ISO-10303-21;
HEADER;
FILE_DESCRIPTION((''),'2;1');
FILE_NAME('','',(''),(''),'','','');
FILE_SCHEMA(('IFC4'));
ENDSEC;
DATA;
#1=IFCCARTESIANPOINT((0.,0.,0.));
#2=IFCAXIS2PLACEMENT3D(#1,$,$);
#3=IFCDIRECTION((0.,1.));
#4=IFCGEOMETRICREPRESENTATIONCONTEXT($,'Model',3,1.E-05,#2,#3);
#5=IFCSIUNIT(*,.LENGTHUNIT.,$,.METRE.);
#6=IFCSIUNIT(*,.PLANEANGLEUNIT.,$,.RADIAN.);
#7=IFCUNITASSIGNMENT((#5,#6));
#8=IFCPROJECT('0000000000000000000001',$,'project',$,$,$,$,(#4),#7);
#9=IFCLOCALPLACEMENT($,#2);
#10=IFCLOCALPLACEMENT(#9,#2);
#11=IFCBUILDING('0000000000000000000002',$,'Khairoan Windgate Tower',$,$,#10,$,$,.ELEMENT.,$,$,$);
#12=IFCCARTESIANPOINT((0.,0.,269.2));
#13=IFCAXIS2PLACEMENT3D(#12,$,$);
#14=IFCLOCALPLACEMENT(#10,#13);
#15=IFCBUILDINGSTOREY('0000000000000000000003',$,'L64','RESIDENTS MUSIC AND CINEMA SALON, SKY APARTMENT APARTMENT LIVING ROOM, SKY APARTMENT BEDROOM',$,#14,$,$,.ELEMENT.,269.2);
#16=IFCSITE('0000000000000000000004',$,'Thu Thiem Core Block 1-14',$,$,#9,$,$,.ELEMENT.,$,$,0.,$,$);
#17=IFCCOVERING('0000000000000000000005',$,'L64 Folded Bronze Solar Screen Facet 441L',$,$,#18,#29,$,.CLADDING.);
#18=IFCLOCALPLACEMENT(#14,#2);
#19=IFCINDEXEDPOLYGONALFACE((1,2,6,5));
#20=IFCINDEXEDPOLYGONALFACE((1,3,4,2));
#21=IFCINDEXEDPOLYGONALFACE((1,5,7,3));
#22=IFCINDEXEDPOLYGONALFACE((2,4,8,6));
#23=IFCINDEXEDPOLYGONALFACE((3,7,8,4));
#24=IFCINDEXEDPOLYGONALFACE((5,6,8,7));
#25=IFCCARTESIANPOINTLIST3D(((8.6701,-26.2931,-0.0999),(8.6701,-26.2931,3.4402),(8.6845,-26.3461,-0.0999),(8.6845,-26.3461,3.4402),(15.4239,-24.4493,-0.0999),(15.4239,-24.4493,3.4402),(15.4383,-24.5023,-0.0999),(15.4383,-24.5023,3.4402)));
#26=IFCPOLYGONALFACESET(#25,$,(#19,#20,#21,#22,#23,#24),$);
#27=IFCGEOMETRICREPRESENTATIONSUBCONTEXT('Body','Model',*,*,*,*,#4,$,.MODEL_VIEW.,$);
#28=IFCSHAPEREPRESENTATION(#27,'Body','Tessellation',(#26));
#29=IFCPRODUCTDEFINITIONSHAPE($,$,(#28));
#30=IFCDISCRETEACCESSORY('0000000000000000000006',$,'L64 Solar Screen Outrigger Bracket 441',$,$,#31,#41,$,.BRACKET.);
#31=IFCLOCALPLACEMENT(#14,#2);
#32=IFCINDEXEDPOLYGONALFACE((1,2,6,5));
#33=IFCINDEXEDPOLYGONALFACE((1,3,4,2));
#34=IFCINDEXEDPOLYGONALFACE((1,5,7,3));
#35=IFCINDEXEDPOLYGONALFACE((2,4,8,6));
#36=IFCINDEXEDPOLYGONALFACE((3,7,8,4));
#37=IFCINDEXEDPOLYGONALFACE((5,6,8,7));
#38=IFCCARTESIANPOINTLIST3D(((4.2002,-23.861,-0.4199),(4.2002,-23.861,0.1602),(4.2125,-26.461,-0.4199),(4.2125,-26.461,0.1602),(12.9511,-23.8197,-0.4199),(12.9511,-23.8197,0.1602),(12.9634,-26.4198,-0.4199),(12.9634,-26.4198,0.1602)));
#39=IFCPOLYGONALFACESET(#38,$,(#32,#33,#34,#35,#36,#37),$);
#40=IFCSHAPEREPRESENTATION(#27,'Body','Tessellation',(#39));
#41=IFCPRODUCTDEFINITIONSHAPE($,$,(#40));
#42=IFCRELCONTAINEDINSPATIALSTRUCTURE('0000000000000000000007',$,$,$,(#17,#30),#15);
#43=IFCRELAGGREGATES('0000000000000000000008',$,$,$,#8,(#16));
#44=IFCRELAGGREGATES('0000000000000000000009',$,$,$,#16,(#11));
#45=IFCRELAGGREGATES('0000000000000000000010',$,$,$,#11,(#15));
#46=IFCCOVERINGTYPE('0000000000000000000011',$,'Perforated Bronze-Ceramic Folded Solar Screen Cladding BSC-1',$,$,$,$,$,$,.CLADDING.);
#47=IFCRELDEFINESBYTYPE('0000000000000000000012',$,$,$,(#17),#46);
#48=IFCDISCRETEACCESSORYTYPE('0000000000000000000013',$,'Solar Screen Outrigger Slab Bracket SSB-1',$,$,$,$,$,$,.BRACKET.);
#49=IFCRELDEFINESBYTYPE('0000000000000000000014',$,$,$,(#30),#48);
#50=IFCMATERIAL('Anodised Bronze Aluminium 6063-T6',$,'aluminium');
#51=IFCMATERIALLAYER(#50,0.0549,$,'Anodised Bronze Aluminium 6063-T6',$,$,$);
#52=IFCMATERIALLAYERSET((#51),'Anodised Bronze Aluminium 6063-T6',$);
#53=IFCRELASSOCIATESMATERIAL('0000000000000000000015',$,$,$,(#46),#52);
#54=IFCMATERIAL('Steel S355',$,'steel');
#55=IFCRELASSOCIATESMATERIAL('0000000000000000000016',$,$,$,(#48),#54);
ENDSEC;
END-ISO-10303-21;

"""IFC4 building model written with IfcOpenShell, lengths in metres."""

from ifc_helpers import new_model, si_unit, direction, frame, origin, origin_2d, place, context, subcontext, project, spatial, rectangle, extrude, material, layer, layer_set, type_object, element, save


model = new_model("IFC4")

# Units and contexts
model_context = context("Model", 3, precision=1e-05, world=origin(), true_north=direction((0.0, 1.0)))
body_context = subcontext(model_context, "Body", "Model", "MODEL_VIEW")
ifc_project = project(units=[si_unit("LENGTHUNIT", "METRE"), si_unit("PLANEANGLEUNIT", "RADIAN")], contexts=[model_context])

# Site, building, storey
site_placement = place(None, origin())
site = spatial("IfcSite", under=ifc_project, at=site_placement, Name="Thu Thiem Core Block 1-14", CompositionType="ELEMENT", RefElevation=0.0)
building_placement = place(site_placement, origin())
building = spatial("IfcBuilding", under=site, at=building_placement, Name="Khairoan Windgate Tower", CompositionType="ELEMENT")
storey_placement = place(building_placement, frame((0.0, 0.0, 269.2)))
storey = spatial("IfcBuildingStorey", under=building, at=storey_placement, Name="L64", Description="RESIDENTS MUSIC AND CINEMA SALON, SKY APARTMENT APARTMENT LIVING ROOM, SKY APARTMENT BEDROOM", CompositionType="ELEMENT", Elevation=269.2)

# Covering
ifc_material_1 = material(Name="Anodised Bronze Aluminium 6063-T6", Category="aluminium")
ifc_layer_1 = layer(ifc_material_1, 0.0549, Name="Anodised Bronze Aluminium 6063-T6")
ifc_layer_set_1 = layer_set([ifc_layer_1], Name="Anodised Bronze Aluminium 6063-T6")
covering_type = type_object("IfcCoveringType", Name="Perforated Bronze-Ceramic Folded Solar Screen Cladding BSC-1", PredefinedType="CLADDING", material=ifc_layer_set_1)
covering_placement = place(storey_placement, frame((12.0542, -25.3977, -0.0999), z_axis=(0.0, 0.0, 1.0), x_axis=(-0.964695, -0.263368, 0.0)))
element("IfcCovering", 1, at=covering_placement, inside=storey, type_object=covering_type, Name="L64 Folded Bronze Solar Screen Facet 441L", PredefinedType="CLADDING", context=body_context, shape_type="SweptSolid", body=[
    extrude(rectangle(XDim=7.001, YDim=0.0549, at=origin_2d()), origin(), (0.0, 0.0, 1.0), 3.54),
])

# Discrete accessory
ifc_material_2 = material(Name="Steel S355", Category="steel")
discrete_accessory_type = type_object("IfcDiscreteAccessoryType", Name="Solar Screen Outrigger Slab Bracket SSB-1", PredefinedType="BRACKET", material=ifc_material_2)
discrete_accessory_placement = place(storey_placement, frame((8.5818, -25.1404, -0.4199), z_axis=(0.0, 0.0, 1.0), x_axis=(-0.999989, -0.004712, 0.0)))
element("IfcDiscreteAccessory", 2, at=discrete_accessory_placement, inside=storey, type_object=discrete_accessory_type, Name="L64 Solar Screen Outrigger Bracket 441", PredefinedType="BRACKET", context=body_context, shape_type="SweptSolid", body=[
    extrude(rectangle(XDim=8.751, YDim=2.6001, at=origin_2d()), origin(), (0.0, 0.0, 1.0), 0.5801),
])

save(model, "model.ifc")
